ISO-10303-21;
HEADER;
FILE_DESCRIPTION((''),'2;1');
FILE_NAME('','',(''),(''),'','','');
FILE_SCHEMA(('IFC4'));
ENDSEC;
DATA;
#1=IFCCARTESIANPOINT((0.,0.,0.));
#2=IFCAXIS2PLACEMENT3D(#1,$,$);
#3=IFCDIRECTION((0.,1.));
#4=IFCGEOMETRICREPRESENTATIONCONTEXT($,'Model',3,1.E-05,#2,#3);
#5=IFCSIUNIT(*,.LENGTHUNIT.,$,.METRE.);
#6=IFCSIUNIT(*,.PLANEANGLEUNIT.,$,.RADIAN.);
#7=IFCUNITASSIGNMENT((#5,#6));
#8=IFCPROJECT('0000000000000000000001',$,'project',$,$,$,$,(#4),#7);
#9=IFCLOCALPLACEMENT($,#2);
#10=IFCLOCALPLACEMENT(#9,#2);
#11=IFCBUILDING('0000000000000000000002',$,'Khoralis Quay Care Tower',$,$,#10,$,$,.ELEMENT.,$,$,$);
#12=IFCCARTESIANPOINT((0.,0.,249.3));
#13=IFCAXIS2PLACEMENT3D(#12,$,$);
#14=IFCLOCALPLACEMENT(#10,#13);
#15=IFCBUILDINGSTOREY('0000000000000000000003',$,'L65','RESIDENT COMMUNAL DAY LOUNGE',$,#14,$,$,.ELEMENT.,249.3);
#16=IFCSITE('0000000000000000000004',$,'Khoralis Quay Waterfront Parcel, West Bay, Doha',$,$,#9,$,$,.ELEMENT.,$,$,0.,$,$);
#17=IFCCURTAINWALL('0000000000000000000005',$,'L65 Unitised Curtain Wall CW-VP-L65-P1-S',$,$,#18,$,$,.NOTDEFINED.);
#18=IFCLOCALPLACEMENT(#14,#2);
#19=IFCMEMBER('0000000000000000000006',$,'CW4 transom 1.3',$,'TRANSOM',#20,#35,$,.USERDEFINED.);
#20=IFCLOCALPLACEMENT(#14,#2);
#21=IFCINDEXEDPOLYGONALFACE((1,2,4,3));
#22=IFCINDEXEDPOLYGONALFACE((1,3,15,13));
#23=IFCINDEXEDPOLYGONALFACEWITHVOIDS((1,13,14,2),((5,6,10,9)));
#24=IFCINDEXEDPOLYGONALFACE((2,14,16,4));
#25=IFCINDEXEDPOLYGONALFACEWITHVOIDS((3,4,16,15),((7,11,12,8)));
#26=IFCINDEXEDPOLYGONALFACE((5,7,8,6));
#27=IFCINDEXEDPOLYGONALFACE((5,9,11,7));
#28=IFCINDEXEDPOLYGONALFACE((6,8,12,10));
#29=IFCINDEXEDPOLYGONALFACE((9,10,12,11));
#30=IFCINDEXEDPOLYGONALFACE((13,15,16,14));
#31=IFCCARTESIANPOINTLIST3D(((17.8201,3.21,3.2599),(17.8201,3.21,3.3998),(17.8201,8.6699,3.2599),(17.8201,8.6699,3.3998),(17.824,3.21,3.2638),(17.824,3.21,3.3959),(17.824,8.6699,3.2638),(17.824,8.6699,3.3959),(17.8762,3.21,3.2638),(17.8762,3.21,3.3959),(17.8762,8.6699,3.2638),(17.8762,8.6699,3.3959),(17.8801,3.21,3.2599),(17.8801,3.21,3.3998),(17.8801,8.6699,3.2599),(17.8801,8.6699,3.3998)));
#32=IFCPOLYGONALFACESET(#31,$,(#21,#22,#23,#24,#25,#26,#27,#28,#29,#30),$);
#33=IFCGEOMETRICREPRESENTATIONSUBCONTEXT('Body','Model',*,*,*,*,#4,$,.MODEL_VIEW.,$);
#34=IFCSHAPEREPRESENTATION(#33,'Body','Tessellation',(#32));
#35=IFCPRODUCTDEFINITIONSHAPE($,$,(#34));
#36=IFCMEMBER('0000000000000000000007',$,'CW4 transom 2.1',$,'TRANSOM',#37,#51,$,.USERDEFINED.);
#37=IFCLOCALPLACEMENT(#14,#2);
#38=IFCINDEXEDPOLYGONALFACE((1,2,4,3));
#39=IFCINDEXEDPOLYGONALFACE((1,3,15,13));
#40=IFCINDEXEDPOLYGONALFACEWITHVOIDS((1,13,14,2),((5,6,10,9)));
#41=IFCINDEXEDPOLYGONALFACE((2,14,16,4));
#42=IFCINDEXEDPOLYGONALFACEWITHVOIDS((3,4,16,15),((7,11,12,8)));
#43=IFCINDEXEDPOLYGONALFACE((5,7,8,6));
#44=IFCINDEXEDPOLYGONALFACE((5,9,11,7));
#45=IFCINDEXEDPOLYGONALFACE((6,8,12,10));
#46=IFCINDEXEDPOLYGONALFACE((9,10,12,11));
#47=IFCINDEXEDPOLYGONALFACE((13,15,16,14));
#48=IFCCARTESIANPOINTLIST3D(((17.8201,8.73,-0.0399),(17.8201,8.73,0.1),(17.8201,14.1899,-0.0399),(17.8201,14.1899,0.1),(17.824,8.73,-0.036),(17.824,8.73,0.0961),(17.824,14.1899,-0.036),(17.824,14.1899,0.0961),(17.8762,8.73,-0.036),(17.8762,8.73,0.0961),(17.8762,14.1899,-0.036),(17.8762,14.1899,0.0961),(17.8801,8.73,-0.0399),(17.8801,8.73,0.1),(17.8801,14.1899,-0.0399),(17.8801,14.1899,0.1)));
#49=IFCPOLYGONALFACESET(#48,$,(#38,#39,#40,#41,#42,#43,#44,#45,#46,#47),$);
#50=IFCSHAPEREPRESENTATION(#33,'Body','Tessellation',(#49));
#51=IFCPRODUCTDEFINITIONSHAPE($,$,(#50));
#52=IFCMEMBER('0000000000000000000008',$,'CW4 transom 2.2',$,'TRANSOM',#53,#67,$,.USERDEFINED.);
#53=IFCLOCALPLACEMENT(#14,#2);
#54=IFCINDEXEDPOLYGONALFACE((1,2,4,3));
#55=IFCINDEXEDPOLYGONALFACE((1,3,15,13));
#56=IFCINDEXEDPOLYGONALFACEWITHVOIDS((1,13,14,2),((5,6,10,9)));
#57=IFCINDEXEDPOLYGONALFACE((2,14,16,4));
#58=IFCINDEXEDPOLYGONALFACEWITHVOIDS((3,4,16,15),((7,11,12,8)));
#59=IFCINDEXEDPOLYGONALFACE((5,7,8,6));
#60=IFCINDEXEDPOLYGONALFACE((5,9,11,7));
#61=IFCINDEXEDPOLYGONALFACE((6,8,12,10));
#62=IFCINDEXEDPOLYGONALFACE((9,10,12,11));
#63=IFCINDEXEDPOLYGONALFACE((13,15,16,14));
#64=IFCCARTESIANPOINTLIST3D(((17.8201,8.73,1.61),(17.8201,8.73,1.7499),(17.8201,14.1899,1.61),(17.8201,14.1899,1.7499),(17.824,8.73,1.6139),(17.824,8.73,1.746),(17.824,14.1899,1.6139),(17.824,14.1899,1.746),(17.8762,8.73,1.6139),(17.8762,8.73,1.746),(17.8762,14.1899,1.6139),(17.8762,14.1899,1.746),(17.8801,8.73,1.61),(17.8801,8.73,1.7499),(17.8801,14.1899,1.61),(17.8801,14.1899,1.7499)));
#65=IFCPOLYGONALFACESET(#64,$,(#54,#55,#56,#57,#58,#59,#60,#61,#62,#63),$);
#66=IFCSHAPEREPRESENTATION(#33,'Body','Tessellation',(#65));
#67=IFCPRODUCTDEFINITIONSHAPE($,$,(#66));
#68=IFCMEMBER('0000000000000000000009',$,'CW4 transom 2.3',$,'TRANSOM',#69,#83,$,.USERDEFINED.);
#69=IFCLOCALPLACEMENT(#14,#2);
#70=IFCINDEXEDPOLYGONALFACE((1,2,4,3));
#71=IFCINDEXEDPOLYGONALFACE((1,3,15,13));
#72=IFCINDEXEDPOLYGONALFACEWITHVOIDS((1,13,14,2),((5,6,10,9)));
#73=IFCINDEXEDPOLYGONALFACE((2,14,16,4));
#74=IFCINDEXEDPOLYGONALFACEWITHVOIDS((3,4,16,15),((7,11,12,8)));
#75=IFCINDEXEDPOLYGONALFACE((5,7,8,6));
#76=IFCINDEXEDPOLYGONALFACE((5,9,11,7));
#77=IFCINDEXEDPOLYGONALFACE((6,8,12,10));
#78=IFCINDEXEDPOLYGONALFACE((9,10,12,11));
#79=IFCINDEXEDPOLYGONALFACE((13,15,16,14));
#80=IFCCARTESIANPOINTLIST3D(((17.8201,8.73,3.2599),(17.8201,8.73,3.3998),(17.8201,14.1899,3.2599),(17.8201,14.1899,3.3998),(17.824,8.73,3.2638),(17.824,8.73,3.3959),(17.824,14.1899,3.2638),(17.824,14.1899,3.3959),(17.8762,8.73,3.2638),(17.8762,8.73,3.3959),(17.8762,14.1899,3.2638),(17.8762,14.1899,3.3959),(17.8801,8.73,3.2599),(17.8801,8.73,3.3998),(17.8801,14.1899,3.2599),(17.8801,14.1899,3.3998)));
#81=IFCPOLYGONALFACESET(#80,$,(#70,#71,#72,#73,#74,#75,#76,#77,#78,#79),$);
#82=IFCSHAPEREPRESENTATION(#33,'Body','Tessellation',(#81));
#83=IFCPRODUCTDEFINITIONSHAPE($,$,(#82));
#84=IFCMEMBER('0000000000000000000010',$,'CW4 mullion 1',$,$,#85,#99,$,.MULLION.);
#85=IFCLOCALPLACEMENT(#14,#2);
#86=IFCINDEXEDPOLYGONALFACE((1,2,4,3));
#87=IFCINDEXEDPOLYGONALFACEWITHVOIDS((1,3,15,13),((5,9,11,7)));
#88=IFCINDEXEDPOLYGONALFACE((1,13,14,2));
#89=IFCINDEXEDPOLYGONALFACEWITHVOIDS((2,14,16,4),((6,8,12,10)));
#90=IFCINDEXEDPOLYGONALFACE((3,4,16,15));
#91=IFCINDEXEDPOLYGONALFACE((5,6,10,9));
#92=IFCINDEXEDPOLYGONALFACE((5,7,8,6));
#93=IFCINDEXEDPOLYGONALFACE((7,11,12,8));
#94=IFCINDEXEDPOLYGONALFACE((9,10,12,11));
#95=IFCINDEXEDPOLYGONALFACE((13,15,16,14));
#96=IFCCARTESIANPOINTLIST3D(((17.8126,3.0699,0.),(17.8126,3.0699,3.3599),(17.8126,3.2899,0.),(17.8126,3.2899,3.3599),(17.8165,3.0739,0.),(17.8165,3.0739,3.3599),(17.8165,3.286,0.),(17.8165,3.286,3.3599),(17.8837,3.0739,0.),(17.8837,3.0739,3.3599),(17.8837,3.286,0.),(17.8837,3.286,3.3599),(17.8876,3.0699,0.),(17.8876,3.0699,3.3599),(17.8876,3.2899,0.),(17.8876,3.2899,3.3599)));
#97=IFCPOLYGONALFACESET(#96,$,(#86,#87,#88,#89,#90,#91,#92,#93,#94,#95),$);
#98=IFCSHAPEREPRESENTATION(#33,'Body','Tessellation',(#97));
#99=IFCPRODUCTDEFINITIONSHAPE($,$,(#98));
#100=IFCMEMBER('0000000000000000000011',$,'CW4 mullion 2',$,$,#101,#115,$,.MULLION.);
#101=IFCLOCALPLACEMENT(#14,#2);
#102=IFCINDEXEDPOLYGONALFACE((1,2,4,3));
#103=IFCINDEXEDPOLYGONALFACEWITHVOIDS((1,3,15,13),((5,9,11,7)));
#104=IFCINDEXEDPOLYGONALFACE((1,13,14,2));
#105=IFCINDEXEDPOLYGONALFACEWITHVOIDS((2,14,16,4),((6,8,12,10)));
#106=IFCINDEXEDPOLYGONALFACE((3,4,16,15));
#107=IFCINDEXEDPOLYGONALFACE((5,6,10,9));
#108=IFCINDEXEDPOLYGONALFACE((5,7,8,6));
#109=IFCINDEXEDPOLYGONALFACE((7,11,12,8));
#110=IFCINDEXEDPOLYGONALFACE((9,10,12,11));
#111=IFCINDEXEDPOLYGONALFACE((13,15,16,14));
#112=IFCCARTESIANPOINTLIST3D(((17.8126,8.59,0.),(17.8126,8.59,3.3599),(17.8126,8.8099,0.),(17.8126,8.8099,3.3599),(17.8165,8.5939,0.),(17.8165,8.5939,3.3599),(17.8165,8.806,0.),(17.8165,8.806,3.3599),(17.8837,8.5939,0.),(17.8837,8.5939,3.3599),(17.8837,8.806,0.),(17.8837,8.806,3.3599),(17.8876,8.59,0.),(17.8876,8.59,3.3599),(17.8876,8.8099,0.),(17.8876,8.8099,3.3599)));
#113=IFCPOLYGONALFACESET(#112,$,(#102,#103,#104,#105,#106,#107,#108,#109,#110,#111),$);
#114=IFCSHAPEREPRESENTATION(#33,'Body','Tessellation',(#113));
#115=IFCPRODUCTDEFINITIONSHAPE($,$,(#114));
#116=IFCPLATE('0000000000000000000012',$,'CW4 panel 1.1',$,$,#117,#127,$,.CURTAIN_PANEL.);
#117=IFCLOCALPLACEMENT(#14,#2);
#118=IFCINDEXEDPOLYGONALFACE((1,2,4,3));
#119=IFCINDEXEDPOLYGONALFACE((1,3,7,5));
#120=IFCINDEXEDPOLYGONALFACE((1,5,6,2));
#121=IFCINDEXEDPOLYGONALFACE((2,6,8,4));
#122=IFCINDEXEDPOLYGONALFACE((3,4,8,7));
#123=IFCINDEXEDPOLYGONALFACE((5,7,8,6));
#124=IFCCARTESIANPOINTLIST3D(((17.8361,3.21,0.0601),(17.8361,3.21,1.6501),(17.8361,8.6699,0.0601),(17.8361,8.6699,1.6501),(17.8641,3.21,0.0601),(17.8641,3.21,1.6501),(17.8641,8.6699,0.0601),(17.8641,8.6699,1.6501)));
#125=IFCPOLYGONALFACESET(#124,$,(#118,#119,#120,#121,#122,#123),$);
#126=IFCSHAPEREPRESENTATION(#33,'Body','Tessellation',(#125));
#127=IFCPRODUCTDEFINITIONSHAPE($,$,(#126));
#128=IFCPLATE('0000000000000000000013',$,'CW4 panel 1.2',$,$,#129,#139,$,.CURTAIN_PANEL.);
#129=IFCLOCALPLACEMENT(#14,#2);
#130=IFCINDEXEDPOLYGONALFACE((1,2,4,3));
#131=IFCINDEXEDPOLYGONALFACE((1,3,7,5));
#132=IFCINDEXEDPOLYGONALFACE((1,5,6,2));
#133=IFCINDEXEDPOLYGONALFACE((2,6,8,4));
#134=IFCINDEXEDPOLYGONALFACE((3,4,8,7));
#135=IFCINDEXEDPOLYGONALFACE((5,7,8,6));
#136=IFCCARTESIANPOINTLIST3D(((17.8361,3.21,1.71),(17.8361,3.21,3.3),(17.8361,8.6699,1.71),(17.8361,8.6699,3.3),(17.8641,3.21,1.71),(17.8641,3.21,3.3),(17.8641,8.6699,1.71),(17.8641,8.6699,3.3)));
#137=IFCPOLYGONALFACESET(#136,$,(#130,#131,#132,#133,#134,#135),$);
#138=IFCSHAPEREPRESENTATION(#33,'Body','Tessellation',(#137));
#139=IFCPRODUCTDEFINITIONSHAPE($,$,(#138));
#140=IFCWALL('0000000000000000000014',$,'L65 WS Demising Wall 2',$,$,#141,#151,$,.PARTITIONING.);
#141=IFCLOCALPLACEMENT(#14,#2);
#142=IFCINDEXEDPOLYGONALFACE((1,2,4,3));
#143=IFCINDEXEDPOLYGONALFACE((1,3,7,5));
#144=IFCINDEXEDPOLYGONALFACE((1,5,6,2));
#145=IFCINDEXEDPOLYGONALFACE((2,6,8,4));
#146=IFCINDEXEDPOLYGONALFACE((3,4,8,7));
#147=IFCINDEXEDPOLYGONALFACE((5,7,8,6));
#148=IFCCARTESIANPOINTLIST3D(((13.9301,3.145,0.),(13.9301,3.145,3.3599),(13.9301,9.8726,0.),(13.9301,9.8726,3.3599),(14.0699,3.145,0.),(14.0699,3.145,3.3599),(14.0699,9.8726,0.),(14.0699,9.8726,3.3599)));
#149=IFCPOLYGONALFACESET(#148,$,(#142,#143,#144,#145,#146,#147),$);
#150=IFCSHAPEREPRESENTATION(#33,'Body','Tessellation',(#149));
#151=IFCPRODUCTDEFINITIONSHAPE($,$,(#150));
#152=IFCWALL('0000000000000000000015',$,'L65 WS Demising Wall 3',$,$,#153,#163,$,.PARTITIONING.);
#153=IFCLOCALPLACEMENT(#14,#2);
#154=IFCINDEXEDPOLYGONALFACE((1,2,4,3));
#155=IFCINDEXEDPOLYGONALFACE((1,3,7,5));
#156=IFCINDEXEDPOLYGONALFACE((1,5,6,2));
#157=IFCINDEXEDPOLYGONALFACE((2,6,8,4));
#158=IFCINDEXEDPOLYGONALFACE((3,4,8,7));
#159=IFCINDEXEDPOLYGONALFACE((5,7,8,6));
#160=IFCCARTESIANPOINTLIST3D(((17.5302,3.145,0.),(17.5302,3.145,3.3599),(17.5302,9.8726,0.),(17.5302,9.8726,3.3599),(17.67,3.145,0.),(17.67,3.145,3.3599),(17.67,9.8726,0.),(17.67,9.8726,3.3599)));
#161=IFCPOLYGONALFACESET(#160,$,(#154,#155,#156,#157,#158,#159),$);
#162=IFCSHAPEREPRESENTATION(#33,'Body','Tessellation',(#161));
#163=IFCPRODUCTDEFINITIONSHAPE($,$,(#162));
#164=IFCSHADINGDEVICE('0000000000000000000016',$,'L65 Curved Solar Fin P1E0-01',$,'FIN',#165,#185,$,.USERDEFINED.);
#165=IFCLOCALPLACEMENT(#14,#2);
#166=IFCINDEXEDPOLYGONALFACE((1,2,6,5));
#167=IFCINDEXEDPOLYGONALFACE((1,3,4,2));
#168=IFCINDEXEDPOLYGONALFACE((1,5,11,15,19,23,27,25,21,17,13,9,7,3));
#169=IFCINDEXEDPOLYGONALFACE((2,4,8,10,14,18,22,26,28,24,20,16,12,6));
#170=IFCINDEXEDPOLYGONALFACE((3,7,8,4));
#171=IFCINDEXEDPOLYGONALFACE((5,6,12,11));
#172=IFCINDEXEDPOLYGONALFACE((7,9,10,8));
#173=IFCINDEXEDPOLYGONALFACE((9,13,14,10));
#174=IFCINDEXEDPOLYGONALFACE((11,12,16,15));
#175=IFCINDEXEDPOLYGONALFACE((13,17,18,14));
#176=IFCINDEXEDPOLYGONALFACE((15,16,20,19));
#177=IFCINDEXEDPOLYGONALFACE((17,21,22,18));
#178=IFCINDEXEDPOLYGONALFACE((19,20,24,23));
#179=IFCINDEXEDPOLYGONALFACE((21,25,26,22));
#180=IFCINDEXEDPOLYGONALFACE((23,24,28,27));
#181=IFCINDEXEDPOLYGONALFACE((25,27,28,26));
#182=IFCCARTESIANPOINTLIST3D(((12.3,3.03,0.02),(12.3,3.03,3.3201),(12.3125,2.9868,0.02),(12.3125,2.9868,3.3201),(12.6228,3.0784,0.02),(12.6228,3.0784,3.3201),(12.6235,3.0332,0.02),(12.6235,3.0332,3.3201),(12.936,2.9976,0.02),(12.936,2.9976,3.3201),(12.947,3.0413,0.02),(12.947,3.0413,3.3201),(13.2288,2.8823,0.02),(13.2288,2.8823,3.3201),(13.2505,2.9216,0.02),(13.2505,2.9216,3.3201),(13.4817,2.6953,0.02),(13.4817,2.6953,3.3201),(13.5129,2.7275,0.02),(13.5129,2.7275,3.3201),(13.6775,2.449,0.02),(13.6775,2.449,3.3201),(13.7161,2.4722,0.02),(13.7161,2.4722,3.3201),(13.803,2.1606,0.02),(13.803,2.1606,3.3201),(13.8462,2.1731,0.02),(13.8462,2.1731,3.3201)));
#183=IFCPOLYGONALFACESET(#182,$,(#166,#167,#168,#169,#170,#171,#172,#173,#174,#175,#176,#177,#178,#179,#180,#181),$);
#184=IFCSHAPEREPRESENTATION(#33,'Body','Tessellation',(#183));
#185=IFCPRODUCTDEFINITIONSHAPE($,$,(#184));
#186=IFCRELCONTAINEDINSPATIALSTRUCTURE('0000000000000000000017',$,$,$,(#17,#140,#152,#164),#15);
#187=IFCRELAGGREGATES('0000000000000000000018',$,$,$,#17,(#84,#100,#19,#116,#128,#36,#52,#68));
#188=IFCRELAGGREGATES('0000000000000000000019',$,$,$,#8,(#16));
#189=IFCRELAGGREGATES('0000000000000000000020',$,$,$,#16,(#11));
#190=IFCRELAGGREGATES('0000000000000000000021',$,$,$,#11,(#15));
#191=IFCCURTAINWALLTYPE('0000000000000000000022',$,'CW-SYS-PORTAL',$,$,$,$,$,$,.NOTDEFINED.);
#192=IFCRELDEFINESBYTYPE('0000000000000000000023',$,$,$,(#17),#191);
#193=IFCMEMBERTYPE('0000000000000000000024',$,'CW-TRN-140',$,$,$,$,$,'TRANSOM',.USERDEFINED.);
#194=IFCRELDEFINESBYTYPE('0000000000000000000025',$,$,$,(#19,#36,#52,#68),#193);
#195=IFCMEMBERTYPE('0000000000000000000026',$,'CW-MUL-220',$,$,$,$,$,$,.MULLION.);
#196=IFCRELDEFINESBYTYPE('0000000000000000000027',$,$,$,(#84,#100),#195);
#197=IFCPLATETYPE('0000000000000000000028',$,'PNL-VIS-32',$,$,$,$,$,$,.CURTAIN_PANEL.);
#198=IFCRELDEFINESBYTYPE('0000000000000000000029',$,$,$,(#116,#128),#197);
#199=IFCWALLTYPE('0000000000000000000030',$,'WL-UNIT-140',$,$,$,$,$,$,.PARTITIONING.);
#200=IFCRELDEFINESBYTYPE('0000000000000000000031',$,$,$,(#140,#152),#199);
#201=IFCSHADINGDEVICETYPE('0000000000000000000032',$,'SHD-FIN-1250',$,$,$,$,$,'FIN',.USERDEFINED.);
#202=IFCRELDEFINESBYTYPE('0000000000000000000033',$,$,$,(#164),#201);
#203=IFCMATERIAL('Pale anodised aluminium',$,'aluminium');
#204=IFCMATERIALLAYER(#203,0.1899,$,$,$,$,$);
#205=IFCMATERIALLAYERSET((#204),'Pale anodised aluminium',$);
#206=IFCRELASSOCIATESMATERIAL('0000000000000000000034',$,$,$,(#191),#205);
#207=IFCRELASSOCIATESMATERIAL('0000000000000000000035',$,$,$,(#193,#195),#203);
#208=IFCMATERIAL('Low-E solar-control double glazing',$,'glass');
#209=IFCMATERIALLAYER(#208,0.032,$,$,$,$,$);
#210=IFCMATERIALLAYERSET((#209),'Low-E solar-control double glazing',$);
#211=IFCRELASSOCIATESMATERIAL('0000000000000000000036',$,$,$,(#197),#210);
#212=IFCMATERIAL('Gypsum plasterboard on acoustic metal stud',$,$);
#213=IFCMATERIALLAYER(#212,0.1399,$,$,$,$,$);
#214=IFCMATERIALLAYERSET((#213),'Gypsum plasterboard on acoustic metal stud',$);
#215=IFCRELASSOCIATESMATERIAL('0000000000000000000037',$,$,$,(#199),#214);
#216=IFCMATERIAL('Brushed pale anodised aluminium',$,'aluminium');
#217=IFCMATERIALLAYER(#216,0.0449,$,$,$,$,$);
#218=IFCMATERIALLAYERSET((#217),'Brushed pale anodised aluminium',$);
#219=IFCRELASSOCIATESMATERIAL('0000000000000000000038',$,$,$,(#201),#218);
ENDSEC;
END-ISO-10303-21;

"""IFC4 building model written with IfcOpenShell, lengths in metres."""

from ifc_helpers import new_model, si_unit, direction, frame, frame_2d, origin, origin_2d, place, context, subcontext, project, spatial, polyline, rectangle, hollow_rectangle, outline, extrude, source, transform, mapped, material, layer, layer_set, material_profile, profile_set, type_object, element, aggregate, save


model = new_model("IFC4")

# Units and contexts
model_context = context("Model", 3, precision=1e-05, world=origin(), true_north=direction((0.0, 1.0)))
body_context = subcontext(model_context, "Body", "Model", "MODEL_VIEW")
ifc_project = project(units=[si_unit("LENGTHUNIT", "METRE"), si_unit("PLANEANGLEUNIT", "RADIAN")], contexts=[model_context])

# Site, building, storey
site_placement = place(None, origin())
site = spatial("IfcSite", under=ifc_project, at=site_placement, Name="Khoralis Quay Waterfront Parcel, West Bay, Doha", CompositionType="ELEMENT", RefElevation=0.0)
building_placement = place(site_placement, origin())
building = spatial("IfcBuilding", under=site, at=building_placement, Name="Khoralis Quay Care Tower", CompositionType="ELEMENT")
storey_placement = place(building_placement, frame((0.0, 0.0, 249.3)))
storey = spatial("IfcBuildingStorey", under=building, at=storey_placement, Name="L65", Description="RESIDENT COMMUNAL DAY LOUNGE", CompositionType="ELEMENT", Elevation=249.3)

# Curtain wall, members, plates
ifc_material_1 = material(Name="Pale anodised aluminium", Category="aluminium")
ifc_layer_1 = layer(ifc_material_1, 0.1899)
ifc_layer_set_1 = layer_set([ifc_layer_1], Name="Pale anodised aluminium")
curtain_wall_type = type_object("IfcCurtainWallType", Name="CW-SYS-PORTAL", PredefinedType="NOTDEFINED", material=ifc_layer_set_1)
curtain_wall_placement = place(storey_placement, origin())
curtain_wall = element("IfcCurtainWall", 1, at=curtain_wall_placement, inside=storey, type_object=curtain_wall_type, Name="L65 Unitised Curtain Wall CW-VP-L65-P1-S", PredefinedType="NOTDEFINED")
ifc_material_profile_1 = material_profile(ifc_material_1, hollow_rectangle(XDim=0.0601, YDim=0.1399, WallThickness=0.0039, at=origin_2d()), Name="Pale anodised aluminium")
ifc_profile_set_1 = profile_set([ifc_material_profile_1], Name="Pale anodised aluminium")
member_type_1 = type_object("IfcMemberType", Name="CW-TRN-140", ElementType="TRANSOM", PredefinedType="USERDEFINED", material=ifc_profile_set_1)
shared_shape_1 = source(origin(), body_context, "Body", "SweptSolid", [
    extrude(hollow_rectangle(XDim=0.0601, YDim=0.1399, WallThickness=0.0039, at=origin_2d()), origin(), (0.0, 0.0, 1.0), 5.46),
])
member_1_placement = place(storey_placement, frame((17.8501, 3.21, 3.3298), z_axis=(0.0, 1.0, 0.0), x_axis=(-1.0, 0.0, 0.0)))
member_1 = element("IfcMember", 2, at=member_1_placement, type_object=member_type_1, Name="CW4 transom 1.3", ObjectType="TRANSOM", PredefinedType="USERDEFINED", context=body_context, shape_type="MappedRepresentation", body=[
    mapped(shared_shape_1, transform((0.0, 0.0, 0.0), scale=1.0)),
])
member_2_placement = place(storey_placement, frame((17.8501, 8.73, 0.03), z_axis=(0.0, 1.0, 0.0), x_axis=(-1.0, 0.0, 0.0)))
member_2 = element("IfcMember", 3, at=member_2_placement, type_object=member_type_1, Name="CW4 transom 2.1", ObjectType="TRANSOM", PredefinedType="USERDEFINED", context=body_context, shape_type="MappedRepresentation", body=[
    mapped(shared_shape_1, transform((0.0, 0.0, 0.0), scale=1.0)),
])
member_3_placement = place(storey_placement, frame((17.8501, 8.73, 1.6799), z_axis=(0.0, 1.0, 0.0), x_axis=(-1.0, 0.0, 0.0)))
member_3 = element("IfcMember", 4, at=member_3_placement, type_object=member_type_1, Name="CW4 transom 2.2", ObjectType="TRANSOM", PredefinedType="USERDEFINED", context=body_context, shape_type="MappedRepresentation", body=[
    mapped(shared_shape_1, transform((0.0, 0.0, 0.0), scale=1.0)),
])
member_4_placement = place(storey_placement, frame((17.8501, 8.73, 3.3298), z_axis=(0.0, 1.0, 0.0), x_axis=(-1.0, 0.0, 0.0)))
member_4 = element("IfcMember", 5, at=member_4_placement, type_object=member_type_1, Name="CW4 transom 2.3", ObjectType="TRANSOM", PredefinedType="USERDEFINED", context=body_context, shape_type="MappedRepresentation", body=[
    mapped(shared_shape_1, transform((0.0, 0.0, 0.0), scale=1.0)),
])
ifc_material_profile_2 = material_profile(ifc_material_1, hollow_rectangle(XDim=0.075, YDim=0.22, WallThickness=0.0039, at=origin_2d()), Name="Pale anodised aluminium")
ifc_profile_set_2 = profile_set([ifc_material_profile_2], Name="Pale anodised aluminium")
member_type_2 = type_object("IfcMemberType", Name="CW-MUL-220", PredefinedType="MULLION", material=ifc_profile_set_2)
shared_shape_2 = source(origin(), body_context, "Body", "SweptSolid", [
    extrude(hollow_rectangle(XDim=0.075, YDim=0.22, WallThickness=0.0039, at=origin_2d()), origin(), (0.0, 0.0, 1.0), 3.3599),
])
member_5_placement = place(storey_placement, frame((17.8501, 3.1799, 0.0), z_axis=(0.0, 0.0, 1.0), x_axis=(-1.0, 0.0, 0.0)))
member_5 = element("IfcMember", 6, at=member_5_placement, type_object=member_type_2, Name="CW4 mullion 1", PredefinedType="MULLION", context=body_context, shape_type="MappedRepresentation", body=[
    mapped(shared_shape_2, transform((0.0, 0.0, 0.0), scale=1.0)),
])
member_6_placement = place(storey_placement, frame((17.8501, 8.7, 0.0), z_axis=(0.0, 0.0, 1.0), x_axis=(-1.0, 0.0, 0.0)))
member_6 = element("IfcMember", 7, at=member_6_placement, type_object=member_type_2, Name="CW4 mullion 2", PredefinedType="MULLION", context=body_context, shape_type="MappedRepresentation", body=[
    mapped(shared_shape_2, transform((0.0, 0.0, 0.0), scale=1.0)),
])
ifc_material_2 = material(Name="Low-E solar-control double glazing", Category="glass")
ifc_layer_2 = layer(ifc_material_2, 0.032)
ifc_layer_set_2 = layer_set([ifc_layer_2], Name="Low-E solar-control double glazing")
plate_type = type_object("IfcPlateType", Name="PNL-VIS-32", PredefinedType="CURTAIN_PANEL", material=ifc_layer_set_2)
shared_shape_3 = source(origin(), body_context, "Body", "SweptSolid", [
    extrude(rectangle(XDim=5.46, YDim=0.0281, at=origin_2d()), origin(), (0.0, 0.0, 1.0), 1.5901),
])
plate_1_placement = place(storey_placement, frame((17.8501, 5.9399, 0.0601), z_axis=(0.0, 0.0, 1.0), x_axis=(0.0, 1.0, 0.0)))
plate_1 = element("IfcPlate", 8, at=plate_1_placement, type_object=plate_type, Name="CW4 panel 1.1", PredefinedType="CURTAIN_PANEL", context=body_context, shape_type="MappedRepresentation", body=[
    mapped(shared_shape_3, transform((0.0, 0.0, 0.0), scale=1.0)),
])
plate_2_placement = place(storey_placement, frame((17.8501, 5.9399, 1.71), z_axis=(0.0, 0.0, 1.0), x_axis=(0.0, 1.0, 0.0)))
plate_2 = element("IfcPlate", 9, at=plate_2_placement, type_object=plate_type, Name="CW4 panel 1.2", PredefinedType="CURTAIN_PANEL", context=body_context, shape_type="MappedRepresentation", body=[
    mapped(shared_shape_3, transform((0.0, 0.0, 0.0), scale=1.0)),
])
aggregate(curtain_wall, [member_5, member_6, member_1, plate_1, plate_2, member_2, member_3, member_4])

# Walls
ifc_material_3 = material(Name="Gypsum plasterboard on acoustic metal stud")
ifc_layer_3 = layer(ifc_material_3, 0.1399)
ifc_layer_set_3 = layer_set([ifc_layer_3], Name="Gypsum plasterboard on acoustic metal stud")
wall_type = type_object("IfcWallType", Name="WL-UNIT-140", PredefinedType="PARTITIONING", material=ifc_layer_set_3)
for number, where, z_axis, x_axis, name in (
    (10, (14.0, 3.145, 0.0), (0.0, 0.0, 1.0), (0.0, 1.0, 0.0), "L65 WS Demising Wall 2"),
    (11, (17.6001, 3.145, 0.0), (0.0, 0.0, 1.0), (0.0, 1.0, 0.0), "L65 WS Demising Wall 3"),
):
    element("IfcWall", number, at=place(storey_placement, frame(where, z_axis=z_axis, x_axis=x_axis)), inside=storey, type_object=wall_type, Name=name, PredefinedType="PARTITIONING", context=body_context, shape_type="SweptSolid", body=[
        extrude(rectangle(XDim=6.7275, YDim=0.1399, at=frame_2d((3.3638, 0.0))), origin(), (0.0, 0.0, 1.0), 3.3599),
    ])

# Shading device
ifc_material_4 = material(Name="Brushed pale anodised aluminium", Category="aluminium")
ifc_layer_4 = layer(ifc_material_4, 0.0449)
ifc_layer_set_4 = layer_set([ifc_layer_4], Name="Brushed pale anodised aluminium")
shading_device_type = type_object("IfcShadingDeviceType", Name="SHD-FIN-1250", ElementType="FIN", PredefinedType="USERDEFINED", material=ifc_layer_set_4)
shared_shape_4 = source(origin(), body_context, "Body", "SweptSolid", [
    extrude(outline(polyline([(0.0, 0.0), (-0.0483, 0.3228), (-0.0112, 0.647), (0.1084, 0.9504), (0.3025, 1.2129), (0.5579, 1.416), (0.8569, 1.5461), (0.8694, 1.5029), (0.5811, 1.3774), (0.3347, 1.1816), (0.1477, 0.9287), (0.0325, 0.636), (-0.0032, 0.3235), (0.0432, 0.0125), (0.0, 0.0)])), origin(), (0.0, 0.0, 1.0), 3.3),
])
shading_device_placement = place(storey_placement, frame((12.3, 3.03, 0.02), z_axis=(0.0, 0.0, 1.0), x_axis=(0.0, -1.0, 0.0)))
element("IfcShadingDevice", 12, at=shading_device_placement, inside=storey, type_object=shading_device_type, Name="L65 Curved Solar Fin P1E0-01", ObjectType="FIN", PredefinedType="USERDEFINED", context=body_context, shape_type="MappedRepresentation", body=[
    mapped(shared_shape_4, transform((0.0, 0.0, 0.0), scale=1.0)),
])

save(model, "model.ifc")
